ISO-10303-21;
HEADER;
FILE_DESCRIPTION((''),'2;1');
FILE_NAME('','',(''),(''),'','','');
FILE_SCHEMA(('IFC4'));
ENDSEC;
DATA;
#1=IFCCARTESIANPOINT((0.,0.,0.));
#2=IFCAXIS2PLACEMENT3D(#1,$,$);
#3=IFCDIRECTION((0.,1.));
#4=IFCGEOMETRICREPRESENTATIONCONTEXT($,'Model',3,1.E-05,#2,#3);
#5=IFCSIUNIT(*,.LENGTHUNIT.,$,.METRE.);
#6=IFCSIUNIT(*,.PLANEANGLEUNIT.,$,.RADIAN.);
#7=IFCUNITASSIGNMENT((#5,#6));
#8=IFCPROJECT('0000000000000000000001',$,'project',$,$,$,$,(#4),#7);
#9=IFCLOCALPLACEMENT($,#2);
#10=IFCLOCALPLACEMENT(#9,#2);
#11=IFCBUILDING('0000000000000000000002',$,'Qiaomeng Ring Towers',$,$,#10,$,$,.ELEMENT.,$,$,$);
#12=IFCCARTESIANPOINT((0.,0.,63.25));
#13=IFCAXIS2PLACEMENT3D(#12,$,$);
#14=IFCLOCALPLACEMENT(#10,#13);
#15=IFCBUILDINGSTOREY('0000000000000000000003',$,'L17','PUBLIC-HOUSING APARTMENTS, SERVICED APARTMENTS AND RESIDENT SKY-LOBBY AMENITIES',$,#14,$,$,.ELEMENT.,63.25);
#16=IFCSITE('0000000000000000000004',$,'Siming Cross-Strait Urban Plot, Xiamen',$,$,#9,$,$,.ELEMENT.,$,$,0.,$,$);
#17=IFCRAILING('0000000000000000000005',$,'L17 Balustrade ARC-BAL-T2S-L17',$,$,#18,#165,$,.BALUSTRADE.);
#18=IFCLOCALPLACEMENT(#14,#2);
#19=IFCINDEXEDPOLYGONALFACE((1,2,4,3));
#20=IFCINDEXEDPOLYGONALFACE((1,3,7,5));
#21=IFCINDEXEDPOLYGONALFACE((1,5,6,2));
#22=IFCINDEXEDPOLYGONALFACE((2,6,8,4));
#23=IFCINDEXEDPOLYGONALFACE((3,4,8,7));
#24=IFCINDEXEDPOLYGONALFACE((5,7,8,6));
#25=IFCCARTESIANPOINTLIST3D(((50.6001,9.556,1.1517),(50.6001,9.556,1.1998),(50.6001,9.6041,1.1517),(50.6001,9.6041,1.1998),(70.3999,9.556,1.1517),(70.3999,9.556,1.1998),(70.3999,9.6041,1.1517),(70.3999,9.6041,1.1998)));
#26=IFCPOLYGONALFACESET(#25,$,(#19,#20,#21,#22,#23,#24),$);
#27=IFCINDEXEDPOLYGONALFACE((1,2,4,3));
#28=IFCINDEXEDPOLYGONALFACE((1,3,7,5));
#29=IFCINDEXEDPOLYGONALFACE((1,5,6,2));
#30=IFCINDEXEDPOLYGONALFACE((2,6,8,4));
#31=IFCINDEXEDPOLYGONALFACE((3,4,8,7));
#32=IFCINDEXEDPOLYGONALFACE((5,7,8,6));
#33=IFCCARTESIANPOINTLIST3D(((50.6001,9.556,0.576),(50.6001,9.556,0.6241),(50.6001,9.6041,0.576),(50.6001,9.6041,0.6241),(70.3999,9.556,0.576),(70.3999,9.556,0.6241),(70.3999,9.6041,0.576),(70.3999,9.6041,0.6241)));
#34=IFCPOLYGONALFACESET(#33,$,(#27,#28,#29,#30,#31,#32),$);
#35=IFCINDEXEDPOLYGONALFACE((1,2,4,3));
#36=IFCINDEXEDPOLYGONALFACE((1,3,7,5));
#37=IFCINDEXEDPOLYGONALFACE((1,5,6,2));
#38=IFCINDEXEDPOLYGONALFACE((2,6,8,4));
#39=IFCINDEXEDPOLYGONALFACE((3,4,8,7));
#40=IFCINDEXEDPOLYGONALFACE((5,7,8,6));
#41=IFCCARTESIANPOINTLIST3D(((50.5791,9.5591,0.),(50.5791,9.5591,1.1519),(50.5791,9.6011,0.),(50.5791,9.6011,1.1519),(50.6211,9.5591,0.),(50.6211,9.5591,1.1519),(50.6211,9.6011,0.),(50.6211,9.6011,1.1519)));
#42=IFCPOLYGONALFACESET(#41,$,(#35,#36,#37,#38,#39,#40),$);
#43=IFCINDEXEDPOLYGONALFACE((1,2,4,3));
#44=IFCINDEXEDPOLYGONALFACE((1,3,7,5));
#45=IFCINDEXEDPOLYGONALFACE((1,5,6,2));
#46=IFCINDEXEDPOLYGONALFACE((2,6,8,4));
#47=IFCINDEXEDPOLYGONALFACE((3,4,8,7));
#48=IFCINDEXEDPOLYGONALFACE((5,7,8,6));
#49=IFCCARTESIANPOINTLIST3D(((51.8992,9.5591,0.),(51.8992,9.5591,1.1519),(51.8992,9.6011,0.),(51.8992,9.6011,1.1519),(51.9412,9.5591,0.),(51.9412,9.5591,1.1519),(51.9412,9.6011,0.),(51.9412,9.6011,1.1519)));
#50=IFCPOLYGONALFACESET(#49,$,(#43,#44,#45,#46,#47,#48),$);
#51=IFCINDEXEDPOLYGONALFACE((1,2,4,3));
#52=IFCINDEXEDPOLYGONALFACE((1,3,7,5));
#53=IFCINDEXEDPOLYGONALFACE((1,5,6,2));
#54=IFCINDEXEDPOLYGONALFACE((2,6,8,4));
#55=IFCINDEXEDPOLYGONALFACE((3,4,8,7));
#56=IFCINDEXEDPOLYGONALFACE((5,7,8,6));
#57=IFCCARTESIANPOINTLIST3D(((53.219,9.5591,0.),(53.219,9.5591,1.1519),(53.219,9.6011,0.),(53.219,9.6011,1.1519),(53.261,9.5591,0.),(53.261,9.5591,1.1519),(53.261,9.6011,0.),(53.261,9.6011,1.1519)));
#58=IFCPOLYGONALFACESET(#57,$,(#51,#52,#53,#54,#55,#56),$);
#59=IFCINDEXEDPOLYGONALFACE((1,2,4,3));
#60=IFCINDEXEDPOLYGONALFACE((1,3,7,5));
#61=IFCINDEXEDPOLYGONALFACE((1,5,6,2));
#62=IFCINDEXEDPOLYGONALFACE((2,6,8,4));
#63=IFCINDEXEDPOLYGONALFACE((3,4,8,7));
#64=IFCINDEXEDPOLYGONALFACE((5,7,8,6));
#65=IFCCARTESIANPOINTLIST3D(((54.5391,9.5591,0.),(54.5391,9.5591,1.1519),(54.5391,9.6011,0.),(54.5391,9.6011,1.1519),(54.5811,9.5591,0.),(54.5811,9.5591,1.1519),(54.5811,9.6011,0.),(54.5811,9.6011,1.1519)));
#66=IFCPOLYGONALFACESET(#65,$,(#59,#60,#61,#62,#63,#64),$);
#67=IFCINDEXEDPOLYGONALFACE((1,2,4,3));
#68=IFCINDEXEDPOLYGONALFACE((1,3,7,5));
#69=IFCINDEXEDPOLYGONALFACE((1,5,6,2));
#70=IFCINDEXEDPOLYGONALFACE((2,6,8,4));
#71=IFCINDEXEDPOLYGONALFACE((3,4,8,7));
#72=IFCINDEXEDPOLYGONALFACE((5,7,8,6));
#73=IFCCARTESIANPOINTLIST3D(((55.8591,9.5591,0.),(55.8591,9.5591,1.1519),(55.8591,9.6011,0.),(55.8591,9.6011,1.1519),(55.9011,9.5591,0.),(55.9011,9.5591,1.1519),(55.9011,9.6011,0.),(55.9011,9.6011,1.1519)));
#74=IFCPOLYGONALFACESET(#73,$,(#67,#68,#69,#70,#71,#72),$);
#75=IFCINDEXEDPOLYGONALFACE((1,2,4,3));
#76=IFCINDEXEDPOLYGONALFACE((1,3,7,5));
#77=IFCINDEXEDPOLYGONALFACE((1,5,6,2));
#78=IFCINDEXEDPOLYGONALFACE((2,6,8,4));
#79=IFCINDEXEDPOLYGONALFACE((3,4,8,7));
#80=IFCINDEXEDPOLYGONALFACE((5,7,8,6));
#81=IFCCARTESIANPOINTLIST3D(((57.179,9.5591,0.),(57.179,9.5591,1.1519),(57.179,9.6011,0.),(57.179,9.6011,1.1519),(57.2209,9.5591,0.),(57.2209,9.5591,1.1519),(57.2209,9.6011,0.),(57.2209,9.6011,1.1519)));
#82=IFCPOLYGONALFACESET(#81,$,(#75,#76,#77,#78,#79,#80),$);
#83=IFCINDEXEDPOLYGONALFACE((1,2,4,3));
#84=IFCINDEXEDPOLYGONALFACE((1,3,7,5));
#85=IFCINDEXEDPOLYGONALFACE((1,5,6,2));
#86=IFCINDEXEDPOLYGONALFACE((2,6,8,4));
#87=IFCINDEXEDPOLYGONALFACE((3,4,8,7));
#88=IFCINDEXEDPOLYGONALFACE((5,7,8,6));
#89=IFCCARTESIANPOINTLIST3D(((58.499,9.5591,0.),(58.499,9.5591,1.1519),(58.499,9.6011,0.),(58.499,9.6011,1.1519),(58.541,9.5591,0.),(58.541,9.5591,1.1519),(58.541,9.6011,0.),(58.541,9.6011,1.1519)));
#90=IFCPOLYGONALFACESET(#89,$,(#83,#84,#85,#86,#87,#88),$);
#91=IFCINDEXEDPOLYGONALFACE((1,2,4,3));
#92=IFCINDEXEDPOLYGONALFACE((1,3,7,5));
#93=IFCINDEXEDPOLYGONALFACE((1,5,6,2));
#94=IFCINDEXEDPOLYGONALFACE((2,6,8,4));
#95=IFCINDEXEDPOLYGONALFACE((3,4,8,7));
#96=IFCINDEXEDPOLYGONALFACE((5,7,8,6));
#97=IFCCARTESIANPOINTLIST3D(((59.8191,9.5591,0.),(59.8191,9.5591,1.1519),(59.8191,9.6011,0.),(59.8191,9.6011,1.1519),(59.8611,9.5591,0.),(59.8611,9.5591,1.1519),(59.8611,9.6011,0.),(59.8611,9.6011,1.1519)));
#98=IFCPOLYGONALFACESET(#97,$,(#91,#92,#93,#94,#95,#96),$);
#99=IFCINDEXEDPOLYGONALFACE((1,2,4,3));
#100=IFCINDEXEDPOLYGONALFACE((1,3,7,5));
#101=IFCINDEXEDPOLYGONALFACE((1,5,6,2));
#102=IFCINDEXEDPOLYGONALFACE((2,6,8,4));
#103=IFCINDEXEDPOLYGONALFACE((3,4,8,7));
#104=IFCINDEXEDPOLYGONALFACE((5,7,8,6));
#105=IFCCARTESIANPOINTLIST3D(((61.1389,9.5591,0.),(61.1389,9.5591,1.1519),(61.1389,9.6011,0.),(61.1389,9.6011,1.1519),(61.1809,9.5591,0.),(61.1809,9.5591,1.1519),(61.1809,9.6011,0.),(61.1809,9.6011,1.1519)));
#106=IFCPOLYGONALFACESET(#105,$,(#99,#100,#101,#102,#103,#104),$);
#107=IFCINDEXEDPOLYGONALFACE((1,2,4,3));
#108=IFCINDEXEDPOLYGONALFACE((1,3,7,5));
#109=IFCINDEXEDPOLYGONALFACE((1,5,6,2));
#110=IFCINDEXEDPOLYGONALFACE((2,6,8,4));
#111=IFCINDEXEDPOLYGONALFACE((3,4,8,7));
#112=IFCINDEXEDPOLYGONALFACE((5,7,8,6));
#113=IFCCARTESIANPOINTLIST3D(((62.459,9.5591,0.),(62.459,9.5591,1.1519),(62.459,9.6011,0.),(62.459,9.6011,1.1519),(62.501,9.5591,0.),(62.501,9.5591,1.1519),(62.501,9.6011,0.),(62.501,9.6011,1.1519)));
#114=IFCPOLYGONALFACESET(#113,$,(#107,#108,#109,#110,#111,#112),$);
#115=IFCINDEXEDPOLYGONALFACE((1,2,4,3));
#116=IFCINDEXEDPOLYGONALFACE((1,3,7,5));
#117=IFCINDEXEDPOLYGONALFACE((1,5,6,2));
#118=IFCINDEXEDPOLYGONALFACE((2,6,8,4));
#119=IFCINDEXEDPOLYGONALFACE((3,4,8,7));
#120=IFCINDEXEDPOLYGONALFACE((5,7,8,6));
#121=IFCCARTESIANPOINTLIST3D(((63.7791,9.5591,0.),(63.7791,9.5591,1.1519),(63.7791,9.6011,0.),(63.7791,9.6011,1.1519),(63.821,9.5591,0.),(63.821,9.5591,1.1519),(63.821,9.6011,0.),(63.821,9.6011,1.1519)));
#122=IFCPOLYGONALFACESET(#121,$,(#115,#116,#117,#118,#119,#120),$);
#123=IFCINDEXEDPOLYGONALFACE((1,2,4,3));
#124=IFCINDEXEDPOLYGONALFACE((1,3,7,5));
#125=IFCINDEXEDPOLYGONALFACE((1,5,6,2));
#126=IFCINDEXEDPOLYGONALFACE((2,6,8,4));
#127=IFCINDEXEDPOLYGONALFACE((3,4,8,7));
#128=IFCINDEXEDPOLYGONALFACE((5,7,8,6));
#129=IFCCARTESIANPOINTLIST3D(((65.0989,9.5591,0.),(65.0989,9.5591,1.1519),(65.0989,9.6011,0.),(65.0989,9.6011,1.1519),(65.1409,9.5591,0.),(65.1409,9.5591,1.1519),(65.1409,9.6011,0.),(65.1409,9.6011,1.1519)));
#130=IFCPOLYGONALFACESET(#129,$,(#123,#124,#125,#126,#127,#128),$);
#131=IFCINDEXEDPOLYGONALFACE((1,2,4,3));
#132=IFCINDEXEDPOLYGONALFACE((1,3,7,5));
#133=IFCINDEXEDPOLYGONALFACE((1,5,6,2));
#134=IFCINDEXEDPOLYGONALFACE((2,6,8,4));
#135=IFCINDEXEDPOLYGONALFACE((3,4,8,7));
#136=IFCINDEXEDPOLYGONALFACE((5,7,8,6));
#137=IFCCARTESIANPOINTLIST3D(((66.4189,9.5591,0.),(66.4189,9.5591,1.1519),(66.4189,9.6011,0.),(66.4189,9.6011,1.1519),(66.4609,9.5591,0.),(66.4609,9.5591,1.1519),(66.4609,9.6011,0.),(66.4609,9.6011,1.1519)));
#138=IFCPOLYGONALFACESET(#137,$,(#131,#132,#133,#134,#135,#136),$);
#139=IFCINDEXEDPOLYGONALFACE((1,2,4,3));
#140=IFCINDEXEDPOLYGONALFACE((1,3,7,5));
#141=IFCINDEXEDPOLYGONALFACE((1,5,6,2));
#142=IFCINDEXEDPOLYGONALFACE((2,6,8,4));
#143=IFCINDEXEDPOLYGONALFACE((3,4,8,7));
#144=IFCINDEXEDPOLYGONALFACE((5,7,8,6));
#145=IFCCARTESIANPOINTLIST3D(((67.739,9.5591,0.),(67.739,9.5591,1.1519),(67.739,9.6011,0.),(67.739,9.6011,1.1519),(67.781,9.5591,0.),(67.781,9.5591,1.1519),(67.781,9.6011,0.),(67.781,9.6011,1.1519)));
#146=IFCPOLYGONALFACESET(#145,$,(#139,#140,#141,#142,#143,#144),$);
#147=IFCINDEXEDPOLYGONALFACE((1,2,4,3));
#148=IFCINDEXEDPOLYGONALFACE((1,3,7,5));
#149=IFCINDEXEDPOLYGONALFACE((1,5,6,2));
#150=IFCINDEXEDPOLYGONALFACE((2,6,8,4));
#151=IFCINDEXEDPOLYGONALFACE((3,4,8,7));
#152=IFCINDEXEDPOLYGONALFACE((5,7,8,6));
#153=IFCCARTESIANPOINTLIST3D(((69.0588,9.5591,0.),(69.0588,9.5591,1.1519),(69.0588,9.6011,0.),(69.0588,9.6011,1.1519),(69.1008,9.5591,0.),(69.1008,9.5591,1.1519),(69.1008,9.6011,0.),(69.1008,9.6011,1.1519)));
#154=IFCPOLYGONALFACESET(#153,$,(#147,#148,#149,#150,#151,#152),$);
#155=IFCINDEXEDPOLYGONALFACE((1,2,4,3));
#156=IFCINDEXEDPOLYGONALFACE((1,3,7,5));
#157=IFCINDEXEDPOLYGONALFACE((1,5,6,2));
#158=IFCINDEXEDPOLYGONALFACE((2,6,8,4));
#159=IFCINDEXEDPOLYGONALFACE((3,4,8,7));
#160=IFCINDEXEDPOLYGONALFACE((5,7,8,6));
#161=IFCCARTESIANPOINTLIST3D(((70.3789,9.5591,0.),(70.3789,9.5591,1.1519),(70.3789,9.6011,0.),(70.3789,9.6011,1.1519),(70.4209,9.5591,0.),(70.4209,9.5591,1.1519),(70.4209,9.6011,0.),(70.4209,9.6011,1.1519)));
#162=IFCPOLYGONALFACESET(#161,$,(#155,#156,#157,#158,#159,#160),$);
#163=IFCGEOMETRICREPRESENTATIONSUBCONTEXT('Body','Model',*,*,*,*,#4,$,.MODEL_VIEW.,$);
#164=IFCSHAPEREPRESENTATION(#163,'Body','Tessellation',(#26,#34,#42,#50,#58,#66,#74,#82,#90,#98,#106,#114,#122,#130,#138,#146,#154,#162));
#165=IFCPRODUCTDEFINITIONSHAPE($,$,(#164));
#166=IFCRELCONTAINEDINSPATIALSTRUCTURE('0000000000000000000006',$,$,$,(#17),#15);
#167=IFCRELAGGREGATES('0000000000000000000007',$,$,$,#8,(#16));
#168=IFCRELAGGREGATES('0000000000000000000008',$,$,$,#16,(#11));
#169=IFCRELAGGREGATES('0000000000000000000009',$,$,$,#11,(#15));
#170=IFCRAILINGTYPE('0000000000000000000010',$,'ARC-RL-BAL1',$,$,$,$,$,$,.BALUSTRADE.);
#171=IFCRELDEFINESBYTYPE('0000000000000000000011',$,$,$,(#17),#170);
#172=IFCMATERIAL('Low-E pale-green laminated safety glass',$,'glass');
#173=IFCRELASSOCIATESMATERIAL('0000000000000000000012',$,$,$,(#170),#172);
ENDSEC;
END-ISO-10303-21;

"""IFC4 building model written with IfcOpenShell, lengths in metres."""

from ifc_helpers import new_model, si_unit, direction, frame, origin, origin_2d, place, context, subcontext, project, spatial, rectangle, extrude, material, type_object, element, save


model = new_model("IFC4")

# Units and contexts
model_context = context("Model", 3, precision=1e-05, world=origin(), true_north=direction((0.0, 1.0)))
body_context = subcontext(model_context, "Body", "Model", "MODEL_VIEW")
ifc_project = project(units=[si_unit("LENGTHUNIT", "METRE"), si_unit("PLANEANGLEUNIT", "RADIAN")], contexts=[model_context])

# Site, building, storey
site_placement = place(None, origin())
site = spatial("IfcSite", under=ifc_project, at=site_placement, Name="Siming Cross-Strait Urban Plot, Xiamen", CompositionType="ELEMENT", RefElevation=0.0)
building_placement = place(site_placement, origin())
building = spatial("IfcBuilding", under=site, at=building_placement, Name="Qiaomeng Ring Towers", CompositionType="ELEMENT")
storey_placement = place(building_placement, frame((0.0, 0.0, 63.25)))
storey = spatial("IfcBuildingStorey", under=building, at=storey_placement, Name="L17", Description="PUBLIC-HOUSING APARTMENTS, SERVICED APARTMENTS AND RESIDENT SKY-LOBBY AMENITIES", CompositionType="ELEMENT", Elevation=63.25)

# Railing
ifc_material_1 = material(Name="Low-E pale-green laminated safety glass", Category="glass")
railing_type = type_object("IfcRailingType", Name="ARC-RL-BAL1", PredefinedType="BALUSTRADE", material=ifc_material_1)
railing_placement = place(storey_placement, frame((50.6001, 9.5801, 0.0)))
element("IfcRailing", 1, at=railing_placement, inside=storey, type_object=railing_type, Name="L17 Balustrade ARC-BAL-T2S-L17", PredefinedType="BALUSTRADE", context=body_context, shape_type="SweptSolid", body=[
    extrude(rectangle(XDim=0.0481, YDim=0.0481, at=origin_2d()), frame((0.0, 0.0, 1.1758), z_axis=(1.0, 0.0, 0.0), x_axis=(0.0, 1.0, 0.0)), (0.0, 0.0, 1.0), 19.7998),
    extrude(rectangle(XDim=0.0481, YDim=0.0481, at=origin_2d()), frame((0.0, 0.0, 0.6001), z_axis=(1.0, 0.0, 0.0), x_axis=(0.0, 1.0, 0.0)), (0.0, 0.0, 1.0), 19.7998),
    extrude(rectangle(XDim=0.042, YDim=0.042, at=origin_2d()), origin(), (0.0, 0.0, 1.0), 1.1519),
    extrude(rectangle(XDim=0.042, YDim=0.042, at=origin_2d()), frame((1.3201, 0.0, 0.0)), (0.0, 0.0, 1.0), 1.1519),
    extrude(rectangle(XDim=0.042, YDim=0.042, at=origin_2d()), frame((2.6399, 0.0, 0.0)), (0.0, 0.0, 1.0), 1.1519),
    extrude(rectangle(XDim=0.042, YDim=0.042, at=origin_2d()), frame((3.96, 0.0, 0.0)), (0.0, 0.0, 1.0), 1.1519),
    extrude(rectangle(XDim=0.042, YDim=0.042, at=origin_2d()), frame((5.28, 0.0, 0.0)), (0.0, 0.0, 1.0), 1.1519),
    extrude(rectangle(XDim=0.042, YDim=0.042, at=origin_2d()), frame((6.5999, 0.0, 0.0)), (0.0, 0.0, 1.0), 1.1519),
    extrude(rectangle(XDim=0.042, YDim=0.042, at=origin_2d()), frame((7.9199, 0.0, 0.0)), (0.0, 0.0, 1.0), 1.1519),
    extrude(rectangle(XDim=0.042, YDim=0.042, at=origin_2d()), frame((9.24, 0.0, 0.0)), (0.0, 0.0, 1.0), 1.1519),
    extrude(rectangle(XDim=0.042, YDim=0.042, at=origin_2d()), frame((10.5598, 0.0, 0.0)), (0.0, 0.0, 1.0), 1.1519),
    extrude(rectangle(XDim=0.042, YDim=0.042, at=origin_2d()), frame((11.8799, 0.0, 0.0)), (0.0, 0.0, 1.0), 1.1519),
    extrude(rectangle(XDim=0.042, YDim=0.042, at=origin_2d()), frame((13.2, 0.0, 0.0)), (0.0, 0.0, 1.0), 1.1519),
    extrude(rectangle(XDim=0.042, YDim=0.042, at=origin_2d()), frame((14.5198, 0.0, 0.0)), (0.0, 0.0, 1.0), 1.1519),
    extrude(rectangle(XDim=0.042, YDim=0.042, at=origin_2d()), frame((15.8398, 0.0, 0.0)), (0.0, 0.0, 1.0), 1.1519),
    extrude(rectangle(XDim=0.042, YDim=0.042, at=origin_2d()), frame((17.1599, 0.0, 0.0)), (0.0, 0.0, 1.0), 1.1519),
    extrude(rectangle(XDim=0.042, YDim=0.042, at=origin_2d()), frame((18.4797, 0.0, 0.0)), (0.0, 0.0, 1.0), 1.1519),
    extrude(rectangle(XDim=0.042, YDim=0.042, at=origin_2d()), frame((19.7998, 0.0, 0.0)), (0.0, 0.0, 1.0), 1.1519),
])

save(model, "model.ifc")
